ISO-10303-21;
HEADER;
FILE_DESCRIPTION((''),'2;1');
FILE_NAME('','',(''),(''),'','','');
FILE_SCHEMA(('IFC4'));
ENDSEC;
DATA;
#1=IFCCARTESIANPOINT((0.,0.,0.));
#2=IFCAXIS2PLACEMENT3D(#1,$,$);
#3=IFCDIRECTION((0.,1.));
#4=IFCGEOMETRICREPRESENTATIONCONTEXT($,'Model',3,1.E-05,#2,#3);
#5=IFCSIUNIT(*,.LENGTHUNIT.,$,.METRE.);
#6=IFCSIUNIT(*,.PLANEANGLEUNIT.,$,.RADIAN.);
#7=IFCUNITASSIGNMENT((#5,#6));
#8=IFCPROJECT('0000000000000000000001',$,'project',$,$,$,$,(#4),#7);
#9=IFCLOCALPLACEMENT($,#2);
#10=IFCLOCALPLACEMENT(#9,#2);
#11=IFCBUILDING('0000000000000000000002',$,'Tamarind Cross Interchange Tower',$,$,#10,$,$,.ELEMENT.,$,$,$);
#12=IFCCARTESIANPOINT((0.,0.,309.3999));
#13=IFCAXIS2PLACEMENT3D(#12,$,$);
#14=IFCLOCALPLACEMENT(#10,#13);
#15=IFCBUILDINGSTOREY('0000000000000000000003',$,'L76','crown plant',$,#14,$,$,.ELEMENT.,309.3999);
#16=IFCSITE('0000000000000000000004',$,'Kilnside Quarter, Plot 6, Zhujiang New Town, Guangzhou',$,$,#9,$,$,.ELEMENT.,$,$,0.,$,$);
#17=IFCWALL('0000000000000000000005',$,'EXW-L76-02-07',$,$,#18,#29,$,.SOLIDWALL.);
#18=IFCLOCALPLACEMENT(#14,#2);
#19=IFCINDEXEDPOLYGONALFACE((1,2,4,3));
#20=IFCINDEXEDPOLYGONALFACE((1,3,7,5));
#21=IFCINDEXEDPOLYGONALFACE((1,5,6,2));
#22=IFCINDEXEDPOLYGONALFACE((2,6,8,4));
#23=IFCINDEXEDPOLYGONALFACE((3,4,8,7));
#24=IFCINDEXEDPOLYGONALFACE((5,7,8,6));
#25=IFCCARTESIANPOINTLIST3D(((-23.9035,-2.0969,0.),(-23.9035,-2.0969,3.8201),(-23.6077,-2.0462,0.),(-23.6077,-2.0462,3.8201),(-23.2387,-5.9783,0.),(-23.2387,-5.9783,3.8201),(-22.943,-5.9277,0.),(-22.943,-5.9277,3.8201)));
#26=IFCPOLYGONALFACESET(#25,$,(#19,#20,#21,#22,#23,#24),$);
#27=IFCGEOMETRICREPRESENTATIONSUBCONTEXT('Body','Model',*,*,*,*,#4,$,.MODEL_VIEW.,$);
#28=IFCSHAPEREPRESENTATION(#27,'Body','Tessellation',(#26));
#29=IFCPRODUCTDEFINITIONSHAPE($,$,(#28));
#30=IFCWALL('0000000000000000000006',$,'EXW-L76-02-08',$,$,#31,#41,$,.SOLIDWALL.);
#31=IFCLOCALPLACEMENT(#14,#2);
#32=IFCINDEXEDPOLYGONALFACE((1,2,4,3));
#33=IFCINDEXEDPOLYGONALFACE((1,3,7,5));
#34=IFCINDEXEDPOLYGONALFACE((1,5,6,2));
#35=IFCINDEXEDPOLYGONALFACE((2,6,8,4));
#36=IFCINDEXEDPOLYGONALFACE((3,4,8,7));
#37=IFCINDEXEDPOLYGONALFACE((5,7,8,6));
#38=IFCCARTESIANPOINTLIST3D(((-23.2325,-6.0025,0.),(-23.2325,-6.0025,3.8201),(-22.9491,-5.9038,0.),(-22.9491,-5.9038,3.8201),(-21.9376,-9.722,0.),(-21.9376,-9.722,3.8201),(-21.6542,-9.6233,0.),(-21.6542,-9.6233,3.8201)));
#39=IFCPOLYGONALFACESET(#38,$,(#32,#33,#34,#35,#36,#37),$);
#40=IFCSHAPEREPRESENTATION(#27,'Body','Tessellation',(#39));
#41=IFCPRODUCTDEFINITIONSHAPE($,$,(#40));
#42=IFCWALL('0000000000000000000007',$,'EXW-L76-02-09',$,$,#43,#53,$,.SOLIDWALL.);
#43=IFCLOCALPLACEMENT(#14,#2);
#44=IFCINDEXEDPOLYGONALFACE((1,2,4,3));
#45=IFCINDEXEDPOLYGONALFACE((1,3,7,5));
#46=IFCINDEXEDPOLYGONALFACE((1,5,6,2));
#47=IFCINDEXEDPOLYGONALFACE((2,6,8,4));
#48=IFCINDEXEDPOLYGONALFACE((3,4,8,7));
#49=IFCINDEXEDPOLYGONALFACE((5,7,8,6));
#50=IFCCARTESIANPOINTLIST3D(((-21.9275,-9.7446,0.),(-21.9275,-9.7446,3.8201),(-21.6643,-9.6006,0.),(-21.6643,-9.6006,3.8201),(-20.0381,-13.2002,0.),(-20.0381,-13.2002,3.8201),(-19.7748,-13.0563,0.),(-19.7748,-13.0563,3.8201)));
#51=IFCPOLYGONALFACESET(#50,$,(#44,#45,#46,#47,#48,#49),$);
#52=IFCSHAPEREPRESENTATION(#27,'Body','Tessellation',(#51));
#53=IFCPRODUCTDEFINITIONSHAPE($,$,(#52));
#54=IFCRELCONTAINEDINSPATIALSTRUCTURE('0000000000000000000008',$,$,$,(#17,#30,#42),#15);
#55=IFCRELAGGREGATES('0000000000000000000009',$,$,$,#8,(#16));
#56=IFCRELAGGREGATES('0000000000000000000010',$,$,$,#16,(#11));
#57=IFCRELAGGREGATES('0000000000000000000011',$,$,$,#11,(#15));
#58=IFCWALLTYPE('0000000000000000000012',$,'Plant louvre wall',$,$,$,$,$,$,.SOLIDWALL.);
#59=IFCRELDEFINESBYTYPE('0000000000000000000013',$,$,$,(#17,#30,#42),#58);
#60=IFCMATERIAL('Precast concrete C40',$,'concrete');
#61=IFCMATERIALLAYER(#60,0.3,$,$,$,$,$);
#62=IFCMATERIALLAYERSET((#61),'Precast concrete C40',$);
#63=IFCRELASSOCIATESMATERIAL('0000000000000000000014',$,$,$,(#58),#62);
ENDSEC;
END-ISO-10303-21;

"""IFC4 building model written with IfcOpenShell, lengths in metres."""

from ifc_helpers import new_model, si_unit, direction, frame, frame_2d, origin, place, context, subcontext, project, spatial, rectangle, extrude, material, layer, layer_set, type_object, element, save


model = new_model("IFC4")

# Units and contexts
model_context = context("Model", 3, precision=1e-05, world=origin(), true_north=direction((0.0, 1.0)))
body_context = subcontext(model_context, "Body", "Model", "MODEL_VIEW")
ifc_project = project(units=[si_unit("LENGTHUNIT", "METRE"), si_unit("PLANEANGLEUNIT", "RADIAN")], contexts=[model_context])

# Site, building, storey
site_placement = place(None, origin())
site = spatial("IfcSite", under=ifc_project, at=site_placement, Name="Kilnside Quarter, Plot 6, Zhujiang New Town, Guangzhou", CompositionType="ELEMENT", RefElevation=0.0)
building_placement = place(site_placement, origin())
building = spatial("IfcBuilding", under=site, at=building_placement, Name="Tamarind Cross Interchange Tower", CompositionType="ELEMENT")
storey_placement = place(building_placement, frame((0.0, 0.0, 309.3999)))
storey = spatial("IfcBuildingStorey", under=building, at=storey_placement, Name="L76", Description="crown plant", CompositionType="ELEMENT", Elevation=309.3999)

# Walls
ifc_material_1 = material(Name="Precast concrete C40", Category="concrete")
ifc_layer_1 = layer(ifc_material_1, 0.3)
ifc_layer_set_1 = layer_set([ifc_layer_1], Name="Precast concrete C40")
wall_type_1 = type_object("IfcWallType", Name="Plant louvre wall", PredefinedType="SOLIDWALL", material=ifc_layer_set_1)
wall_1_placement = place(storey_placement, frame((-23.7556, -2.0715, 0.0), z_axis=(0.0, 0.0, 1.0), x_axis=(0.168811, -0.985648, 0.0)))
element("IfcWall", 1, at=wall_1_placement, inside=storey, type_object=wall_type_1, Name="EXW-L76-02-07", PredefinedType="SOLIDWALL", context=body_context, shape_type="SweptSolid", body=[
    extrude(rectangle(XDim=3.938, YDim=0.3, at=frame_2d((1.969, 0.0))), origin(), (0.0, 0.0, 1.0), 3.8201),
])
for number, where, z_axis, x_axis, name in (
    (2, (-23.0908, -5.9531, 0.0), (0.0, 0.0, 1.0), (0.32879, -0.944403, 0.0), "EXW-L76-02-08"),
    (3, (-21.7959, -9.6726, 0.0), (0.0, 0.0, 1.0), (0.479742, -0.877409, 0.0), "EXW-L76-02-09"),
):
    element("IfcWall", number, at=place(storey_placement, frame(where, z_axis=z_axis, x_axis=x_axis)), inside=storey, type_object=wall_type_1, Name=name, PredefinedType="SOLIDWALL", context=body_context, shape_type="SweptSolid", body=[
        extrude(rectangle(XDim=3.9385, YDim=0.3, at=frame_2d((1.9692, 0.0))), origin(), (0.0, 0.0, 1.0), 3.8201),
    ])

save(model, "model.ifc")
